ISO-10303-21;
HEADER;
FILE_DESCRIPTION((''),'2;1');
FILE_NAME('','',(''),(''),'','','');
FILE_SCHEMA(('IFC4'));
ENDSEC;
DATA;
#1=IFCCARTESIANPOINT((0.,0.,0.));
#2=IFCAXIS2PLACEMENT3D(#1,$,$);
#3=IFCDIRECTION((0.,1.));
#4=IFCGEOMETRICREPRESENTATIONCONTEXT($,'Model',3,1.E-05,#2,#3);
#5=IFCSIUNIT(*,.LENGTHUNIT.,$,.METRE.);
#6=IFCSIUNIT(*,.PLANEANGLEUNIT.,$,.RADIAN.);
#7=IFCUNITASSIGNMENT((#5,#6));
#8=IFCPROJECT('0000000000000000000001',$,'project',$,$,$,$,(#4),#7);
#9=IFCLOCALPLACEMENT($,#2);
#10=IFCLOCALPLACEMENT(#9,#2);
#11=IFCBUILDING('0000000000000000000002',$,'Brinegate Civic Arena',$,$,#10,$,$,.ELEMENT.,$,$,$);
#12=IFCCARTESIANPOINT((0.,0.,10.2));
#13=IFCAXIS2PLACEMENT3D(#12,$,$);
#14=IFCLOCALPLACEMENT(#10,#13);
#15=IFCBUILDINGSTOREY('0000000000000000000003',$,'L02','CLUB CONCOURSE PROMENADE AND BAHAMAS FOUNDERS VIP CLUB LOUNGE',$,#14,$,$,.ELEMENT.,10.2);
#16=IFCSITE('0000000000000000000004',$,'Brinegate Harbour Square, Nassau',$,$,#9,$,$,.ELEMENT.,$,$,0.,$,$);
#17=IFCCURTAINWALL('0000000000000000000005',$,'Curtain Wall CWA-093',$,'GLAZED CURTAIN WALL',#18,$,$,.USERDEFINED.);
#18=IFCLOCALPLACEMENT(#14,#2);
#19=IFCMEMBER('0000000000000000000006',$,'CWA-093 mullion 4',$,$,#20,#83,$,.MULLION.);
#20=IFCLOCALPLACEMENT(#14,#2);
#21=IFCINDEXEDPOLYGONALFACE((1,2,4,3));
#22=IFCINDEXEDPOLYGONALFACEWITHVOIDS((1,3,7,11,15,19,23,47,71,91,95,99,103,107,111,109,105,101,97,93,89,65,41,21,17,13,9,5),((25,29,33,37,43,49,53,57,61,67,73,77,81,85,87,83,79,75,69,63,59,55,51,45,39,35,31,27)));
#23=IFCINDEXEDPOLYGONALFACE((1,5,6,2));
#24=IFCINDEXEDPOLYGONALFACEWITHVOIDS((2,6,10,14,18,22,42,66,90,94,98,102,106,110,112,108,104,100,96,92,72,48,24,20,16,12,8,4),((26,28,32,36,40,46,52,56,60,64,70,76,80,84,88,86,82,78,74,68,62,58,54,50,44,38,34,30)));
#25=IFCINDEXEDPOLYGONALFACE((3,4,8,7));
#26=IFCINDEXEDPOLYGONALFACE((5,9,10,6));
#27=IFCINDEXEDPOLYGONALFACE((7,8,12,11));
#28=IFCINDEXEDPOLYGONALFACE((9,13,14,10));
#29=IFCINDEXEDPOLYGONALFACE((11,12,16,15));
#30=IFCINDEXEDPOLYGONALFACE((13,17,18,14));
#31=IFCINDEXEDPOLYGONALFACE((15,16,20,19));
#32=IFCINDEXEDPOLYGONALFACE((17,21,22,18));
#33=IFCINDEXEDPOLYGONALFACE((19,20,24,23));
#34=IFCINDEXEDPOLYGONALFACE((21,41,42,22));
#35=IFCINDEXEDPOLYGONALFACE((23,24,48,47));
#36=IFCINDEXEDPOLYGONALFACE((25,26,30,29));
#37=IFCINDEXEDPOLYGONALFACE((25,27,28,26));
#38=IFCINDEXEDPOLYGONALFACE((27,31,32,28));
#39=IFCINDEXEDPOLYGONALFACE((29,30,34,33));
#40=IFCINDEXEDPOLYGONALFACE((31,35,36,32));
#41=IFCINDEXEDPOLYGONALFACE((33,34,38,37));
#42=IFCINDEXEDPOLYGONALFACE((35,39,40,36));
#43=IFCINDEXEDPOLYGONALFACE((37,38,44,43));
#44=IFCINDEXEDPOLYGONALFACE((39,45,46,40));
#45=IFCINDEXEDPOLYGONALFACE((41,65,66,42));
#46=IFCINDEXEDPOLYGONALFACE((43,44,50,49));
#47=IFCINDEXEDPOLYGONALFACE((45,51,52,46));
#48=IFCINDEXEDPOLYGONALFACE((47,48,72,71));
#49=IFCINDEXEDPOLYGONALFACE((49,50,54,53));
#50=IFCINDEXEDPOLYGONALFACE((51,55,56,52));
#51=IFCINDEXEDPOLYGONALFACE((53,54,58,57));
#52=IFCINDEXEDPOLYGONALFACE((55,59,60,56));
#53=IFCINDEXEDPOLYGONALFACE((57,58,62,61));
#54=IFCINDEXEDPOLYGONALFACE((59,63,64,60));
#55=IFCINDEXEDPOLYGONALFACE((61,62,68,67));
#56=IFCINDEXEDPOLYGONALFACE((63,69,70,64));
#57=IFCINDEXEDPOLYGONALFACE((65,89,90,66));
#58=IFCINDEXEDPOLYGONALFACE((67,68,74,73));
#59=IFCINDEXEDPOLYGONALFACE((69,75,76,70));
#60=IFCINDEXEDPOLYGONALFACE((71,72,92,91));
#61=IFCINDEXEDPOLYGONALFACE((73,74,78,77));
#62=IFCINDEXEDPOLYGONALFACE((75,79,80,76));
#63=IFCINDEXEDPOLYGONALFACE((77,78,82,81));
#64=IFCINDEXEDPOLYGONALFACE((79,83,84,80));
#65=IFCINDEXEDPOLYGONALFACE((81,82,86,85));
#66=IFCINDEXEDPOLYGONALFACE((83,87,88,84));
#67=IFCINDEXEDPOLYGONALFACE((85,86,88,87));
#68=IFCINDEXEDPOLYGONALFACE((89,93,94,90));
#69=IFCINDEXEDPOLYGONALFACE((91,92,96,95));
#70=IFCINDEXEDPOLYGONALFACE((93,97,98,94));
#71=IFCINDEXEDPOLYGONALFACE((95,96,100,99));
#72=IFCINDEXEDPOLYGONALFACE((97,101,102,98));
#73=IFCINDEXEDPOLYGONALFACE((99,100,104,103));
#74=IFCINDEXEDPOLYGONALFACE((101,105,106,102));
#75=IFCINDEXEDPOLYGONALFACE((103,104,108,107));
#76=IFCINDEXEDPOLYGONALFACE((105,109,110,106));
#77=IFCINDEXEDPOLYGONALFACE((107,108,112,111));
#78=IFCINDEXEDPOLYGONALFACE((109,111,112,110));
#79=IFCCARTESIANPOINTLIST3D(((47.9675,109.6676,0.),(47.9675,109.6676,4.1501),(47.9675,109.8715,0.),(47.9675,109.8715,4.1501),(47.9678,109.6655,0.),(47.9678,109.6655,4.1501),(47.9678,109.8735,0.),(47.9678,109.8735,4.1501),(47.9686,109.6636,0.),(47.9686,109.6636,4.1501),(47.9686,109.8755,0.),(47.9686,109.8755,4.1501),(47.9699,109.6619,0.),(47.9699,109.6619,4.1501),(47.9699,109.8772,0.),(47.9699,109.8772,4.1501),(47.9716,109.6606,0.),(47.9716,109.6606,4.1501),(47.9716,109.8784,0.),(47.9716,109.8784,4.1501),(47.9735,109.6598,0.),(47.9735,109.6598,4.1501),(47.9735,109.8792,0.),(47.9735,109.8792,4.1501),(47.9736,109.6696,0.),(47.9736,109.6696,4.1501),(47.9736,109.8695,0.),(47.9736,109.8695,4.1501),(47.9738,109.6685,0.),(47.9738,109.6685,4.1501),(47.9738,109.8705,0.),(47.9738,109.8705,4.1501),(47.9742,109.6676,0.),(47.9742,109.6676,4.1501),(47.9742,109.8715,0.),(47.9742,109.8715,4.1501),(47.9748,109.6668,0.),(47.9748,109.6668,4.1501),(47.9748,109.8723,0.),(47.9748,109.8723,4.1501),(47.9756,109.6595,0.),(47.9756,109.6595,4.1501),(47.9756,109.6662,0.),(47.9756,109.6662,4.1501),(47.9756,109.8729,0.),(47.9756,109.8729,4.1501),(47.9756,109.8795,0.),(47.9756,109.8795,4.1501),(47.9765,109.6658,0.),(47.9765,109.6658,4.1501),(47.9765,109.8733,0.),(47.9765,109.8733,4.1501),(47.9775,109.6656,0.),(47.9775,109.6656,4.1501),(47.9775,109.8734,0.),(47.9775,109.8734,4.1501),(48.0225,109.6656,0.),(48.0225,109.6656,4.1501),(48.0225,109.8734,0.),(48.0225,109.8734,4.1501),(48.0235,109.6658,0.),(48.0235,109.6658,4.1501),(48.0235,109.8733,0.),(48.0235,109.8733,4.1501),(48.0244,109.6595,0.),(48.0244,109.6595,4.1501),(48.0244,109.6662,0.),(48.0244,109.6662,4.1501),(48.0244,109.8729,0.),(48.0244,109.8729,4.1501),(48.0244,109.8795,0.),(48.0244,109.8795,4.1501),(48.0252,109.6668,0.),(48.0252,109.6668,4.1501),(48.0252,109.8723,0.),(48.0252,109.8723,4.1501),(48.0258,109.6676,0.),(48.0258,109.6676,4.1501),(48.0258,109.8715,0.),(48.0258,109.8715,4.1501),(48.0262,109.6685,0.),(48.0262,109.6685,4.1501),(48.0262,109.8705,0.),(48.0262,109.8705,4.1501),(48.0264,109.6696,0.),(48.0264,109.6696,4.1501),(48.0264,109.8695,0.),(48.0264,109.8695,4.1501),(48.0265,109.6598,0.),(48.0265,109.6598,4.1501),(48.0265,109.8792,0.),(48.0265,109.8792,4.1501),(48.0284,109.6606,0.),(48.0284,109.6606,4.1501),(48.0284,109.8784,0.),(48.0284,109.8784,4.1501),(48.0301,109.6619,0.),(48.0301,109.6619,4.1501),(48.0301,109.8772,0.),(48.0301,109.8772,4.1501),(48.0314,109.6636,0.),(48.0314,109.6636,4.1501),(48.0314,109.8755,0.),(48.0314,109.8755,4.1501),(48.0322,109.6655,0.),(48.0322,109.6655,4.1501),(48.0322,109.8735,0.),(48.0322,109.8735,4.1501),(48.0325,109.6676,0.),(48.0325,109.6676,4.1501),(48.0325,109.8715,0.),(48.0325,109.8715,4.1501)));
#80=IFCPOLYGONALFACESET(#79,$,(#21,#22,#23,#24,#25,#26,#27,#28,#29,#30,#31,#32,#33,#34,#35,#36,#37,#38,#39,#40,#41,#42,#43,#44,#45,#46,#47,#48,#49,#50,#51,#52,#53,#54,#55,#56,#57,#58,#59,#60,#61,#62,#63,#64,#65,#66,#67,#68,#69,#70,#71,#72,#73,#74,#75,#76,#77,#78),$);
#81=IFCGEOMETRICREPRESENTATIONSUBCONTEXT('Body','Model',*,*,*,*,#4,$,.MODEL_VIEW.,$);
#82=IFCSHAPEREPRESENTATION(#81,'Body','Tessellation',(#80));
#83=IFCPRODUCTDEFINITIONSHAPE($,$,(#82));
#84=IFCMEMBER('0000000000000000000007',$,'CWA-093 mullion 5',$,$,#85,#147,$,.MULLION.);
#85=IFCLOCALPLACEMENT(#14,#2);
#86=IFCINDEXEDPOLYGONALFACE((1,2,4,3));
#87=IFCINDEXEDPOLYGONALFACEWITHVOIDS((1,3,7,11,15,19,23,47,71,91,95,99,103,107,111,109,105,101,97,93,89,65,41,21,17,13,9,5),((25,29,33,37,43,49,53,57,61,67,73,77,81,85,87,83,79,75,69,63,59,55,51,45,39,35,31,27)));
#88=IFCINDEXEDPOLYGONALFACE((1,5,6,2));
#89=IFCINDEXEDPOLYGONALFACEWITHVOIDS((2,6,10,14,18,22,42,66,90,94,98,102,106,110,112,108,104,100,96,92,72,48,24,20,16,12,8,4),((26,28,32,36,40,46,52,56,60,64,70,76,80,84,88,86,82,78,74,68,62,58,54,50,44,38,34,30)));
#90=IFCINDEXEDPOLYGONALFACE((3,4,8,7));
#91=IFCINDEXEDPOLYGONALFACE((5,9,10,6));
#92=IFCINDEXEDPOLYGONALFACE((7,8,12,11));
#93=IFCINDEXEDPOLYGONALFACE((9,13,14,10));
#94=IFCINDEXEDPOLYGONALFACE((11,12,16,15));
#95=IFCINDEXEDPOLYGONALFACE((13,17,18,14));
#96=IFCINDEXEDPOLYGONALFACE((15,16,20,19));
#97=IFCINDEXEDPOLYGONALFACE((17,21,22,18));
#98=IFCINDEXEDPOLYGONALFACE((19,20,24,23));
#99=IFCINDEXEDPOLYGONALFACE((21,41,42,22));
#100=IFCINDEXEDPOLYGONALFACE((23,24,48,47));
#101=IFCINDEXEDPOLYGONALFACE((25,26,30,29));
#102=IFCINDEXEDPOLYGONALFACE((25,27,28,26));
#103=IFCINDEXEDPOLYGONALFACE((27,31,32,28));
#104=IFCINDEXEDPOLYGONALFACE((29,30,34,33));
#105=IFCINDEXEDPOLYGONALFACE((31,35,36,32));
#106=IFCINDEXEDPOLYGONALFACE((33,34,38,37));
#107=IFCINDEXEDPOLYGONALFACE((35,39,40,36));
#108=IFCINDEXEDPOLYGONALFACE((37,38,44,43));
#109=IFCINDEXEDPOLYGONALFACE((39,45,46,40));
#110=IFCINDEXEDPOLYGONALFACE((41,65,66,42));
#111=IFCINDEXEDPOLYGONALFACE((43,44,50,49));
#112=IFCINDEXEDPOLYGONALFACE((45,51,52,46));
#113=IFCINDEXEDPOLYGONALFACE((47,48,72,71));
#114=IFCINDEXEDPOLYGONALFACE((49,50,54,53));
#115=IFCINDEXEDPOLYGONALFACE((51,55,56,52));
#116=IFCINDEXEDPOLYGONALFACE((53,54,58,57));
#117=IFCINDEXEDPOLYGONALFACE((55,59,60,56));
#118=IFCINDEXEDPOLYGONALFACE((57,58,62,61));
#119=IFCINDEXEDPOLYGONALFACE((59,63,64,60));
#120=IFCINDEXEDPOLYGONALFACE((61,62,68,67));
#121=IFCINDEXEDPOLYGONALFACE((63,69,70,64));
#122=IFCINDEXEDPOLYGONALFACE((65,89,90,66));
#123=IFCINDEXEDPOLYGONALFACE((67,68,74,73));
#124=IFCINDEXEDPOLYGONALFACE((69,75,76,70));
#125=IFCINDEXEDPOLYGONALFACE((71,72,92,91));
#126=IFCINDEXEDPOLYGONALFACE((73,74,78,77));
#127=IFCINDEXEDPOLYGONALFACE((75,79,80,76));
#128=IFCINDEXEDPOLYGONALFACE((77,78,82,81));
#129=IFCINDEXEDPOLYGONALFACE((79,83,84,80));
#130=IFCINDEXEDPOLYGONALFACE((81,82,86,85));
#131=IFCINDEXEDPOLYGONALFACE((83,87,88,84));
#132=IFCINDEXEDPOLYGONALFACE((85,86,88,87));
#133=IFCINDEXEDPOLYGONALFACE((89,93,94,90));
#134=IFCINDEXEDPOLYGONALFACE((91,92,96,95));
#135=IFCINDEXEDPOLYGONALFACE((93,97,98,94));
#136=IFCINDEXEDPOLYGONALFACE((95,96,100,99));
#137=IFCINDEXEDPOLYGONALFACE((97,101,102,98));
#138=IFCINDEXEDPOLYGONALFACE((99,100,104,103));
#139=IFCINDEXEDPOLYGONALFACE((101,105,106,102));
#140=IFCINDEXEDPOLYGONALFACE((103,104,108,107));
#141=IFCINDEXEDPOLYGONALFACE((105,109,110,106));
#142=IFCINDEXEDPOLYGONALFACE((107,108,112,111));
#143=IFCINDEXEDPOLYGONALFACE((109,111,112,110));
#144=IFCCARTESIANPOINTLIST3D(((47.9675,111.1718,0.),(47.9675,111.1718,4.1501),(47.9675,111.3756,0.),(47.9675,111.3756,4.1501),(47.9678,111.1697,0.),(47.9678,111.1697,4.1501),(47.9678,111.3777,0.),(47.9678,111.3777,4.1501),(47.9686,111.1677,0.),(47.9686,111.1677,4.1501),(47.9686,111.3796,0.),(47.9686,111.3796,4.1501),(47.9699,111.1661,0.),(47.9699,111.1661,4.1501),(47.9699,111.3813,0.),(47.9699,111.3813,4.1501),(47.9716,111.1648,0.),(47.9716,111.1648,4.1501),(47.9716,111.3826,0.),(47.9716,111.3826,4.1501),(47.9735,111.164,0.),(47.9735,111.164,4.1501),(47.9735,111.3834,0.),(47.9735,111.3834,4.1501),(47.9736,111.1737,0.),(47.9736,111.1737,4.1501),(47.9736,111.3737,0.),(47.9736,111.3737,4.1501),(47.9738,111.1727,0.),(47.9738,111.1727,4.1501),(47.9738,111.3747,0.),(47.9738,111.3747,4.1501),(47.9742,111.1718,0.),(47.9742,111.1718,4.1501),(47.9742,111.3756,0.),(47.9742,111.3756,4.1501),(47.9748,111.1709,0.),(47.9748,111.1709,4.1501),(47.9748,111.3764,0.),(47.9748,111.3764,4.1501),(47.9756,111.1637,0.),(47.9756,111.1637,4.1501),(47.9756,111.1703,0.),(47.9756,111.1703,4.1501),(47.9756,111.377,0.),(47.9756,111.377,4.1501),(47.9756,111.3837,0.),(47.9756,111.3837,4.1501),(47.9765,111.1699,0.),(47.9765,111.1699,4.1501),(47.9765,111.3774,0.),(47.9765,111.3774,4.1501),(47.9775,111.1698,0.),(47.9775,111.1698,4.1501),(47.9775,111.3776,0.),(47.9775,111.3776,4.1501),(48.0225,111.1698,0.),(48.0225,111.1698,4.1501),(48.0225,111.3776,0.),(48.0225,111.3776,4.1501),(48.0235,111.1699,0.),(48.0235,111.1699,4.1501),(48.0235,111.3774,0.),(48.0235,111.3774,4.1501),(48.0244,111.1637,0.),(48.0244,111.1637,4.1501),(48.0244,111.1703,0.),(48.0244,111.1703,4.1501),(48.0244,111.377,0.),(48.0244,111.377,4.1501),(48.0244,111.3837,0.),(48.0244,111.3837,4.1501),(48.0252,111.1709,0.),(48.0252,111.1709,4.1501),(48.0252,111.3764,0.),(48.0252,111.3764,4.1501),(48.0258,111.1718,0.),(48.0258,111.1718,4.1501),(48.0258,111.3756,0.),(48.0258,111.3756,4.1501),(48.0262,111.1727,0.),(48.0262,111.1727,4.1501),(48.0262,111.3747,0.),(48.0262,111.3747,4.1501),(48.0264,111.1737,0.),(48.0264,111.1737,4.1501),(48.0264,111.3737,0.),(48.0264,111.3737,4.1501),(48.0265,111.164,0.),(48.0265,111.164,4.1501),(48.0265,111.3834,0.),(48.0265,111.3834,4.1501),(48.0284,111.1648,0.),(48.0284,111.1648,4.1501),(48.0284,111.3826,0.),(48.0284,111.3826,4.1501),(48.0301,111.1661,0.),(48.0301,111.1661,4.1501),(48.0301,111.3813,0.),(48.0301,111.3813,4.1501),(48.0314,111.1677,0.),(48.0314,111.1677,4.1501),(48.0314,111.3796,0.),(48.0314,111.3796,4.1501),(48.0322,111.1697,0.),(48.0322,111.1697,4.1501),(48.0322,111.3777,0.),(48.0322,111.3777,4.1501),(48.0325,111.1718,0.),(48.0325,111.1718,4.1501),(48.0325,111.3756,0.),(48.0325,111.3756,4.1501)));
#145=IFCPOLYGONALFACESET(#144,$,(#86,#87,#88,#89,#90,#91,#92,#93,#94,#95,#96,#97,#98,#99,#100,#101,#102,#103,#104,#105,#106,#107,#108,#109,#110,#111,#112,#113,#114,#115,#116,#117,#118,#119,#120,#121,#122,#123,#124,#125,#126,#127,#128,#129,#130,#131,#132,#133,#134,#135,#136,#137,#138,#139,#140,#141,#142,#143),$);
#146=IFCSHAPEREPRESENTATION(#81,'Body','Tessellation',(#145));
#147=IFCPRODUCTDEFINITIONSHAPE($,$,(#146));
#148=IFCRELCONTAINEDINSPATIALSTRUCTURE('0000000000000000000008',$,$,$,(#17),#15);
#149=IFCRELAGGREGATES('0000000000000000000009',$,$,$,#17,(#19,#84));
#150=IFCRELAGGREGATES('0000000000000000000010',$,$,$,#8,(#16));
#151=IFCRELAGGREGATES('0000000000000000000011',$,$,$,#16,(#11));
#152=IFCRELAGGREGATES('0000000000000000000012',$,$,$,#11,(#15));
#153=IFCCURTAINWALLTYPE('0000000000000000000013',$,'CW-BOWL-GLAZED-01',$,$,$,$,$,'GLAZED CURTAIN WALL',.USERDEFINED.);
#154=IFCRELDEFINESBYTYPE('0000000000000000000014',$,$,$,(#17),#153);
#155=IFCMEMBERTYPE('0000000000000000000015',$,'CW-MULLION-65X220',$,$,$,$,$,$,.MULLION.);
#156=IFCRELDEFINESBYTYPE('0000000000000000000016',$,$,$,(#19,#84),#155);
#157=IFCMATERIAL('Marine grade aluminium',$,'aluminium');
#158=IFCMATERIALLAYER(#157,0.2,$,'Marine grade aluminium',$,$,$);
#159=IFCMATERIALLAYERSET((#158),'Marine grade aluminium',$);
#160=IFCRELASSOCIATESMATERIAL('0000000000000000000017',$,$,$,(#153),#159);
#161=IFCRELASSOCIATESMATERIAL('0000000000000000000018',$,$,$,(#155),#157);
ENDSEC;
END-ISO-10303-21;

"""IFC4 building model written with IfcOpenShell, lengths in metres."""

from ifc_helpers import new_model, si_unit, direction, frame, origin, origin_2d, place, context, subcontext, project, spatial, hollow_rectangle, extrude, material, layer, layer_set, material_profile, profile_set, type_object, element, aggregate, save


model = new_model("IFC4")

# Units and contexts
model_context = context("Model", 3, precision=1e-05, world=origin(), true_north=direction((0.0, 1.0)))
body_context = subcontext(model_context, "Body", "Model", "MODEL_VIEW")
ifc_project = project(units=[si_unit("LENGTHUNIT", "METRE"), si_unit("PLANEANGLEUNIT", "RADIAN")], contexts=[model_context])

# Site, building, storey
site_placement = place(None, origin())
site = spatial("IfcSite", under=ifc_project, at=site_placement, Name="Brinegate Harbour Square, Nassau", CompositionType="ELEMENT", RefElevation=0.0)
building_placement = place(site_placement, origin())
building = spatial("IfcBuilding", under=site, at=building_placement, Name="Brinegate Civic Arena", CompositionType="ELEMENT")
storey_placement = place(building_placement, frame((0.0, 0.0, 10.2)))
storey = spatial("IfcBuildingStorey", under=building, at=storey_placement, Name="L02", Description="CLUB CONCOURSE PROMENADE AND BAHAMAS FOUNDERS VIP CLUB LOUNGE", CompositionType="ELEMENT", Elevation=10.2)

# Curtain wall, members
ifc_material_1 = material(Name="Marine grade aluminium", Category="aluminium")
ifc_layer_1 = layer(ifc_material_1, 0.2, Name="Marine grade aluminium")
ifc_layer_set_1 = layer_set([ifc_layer_1], Name="Marine grade aluminium")
curtain_wall_type = type_object("IfcCurtainWallType", Name="CW-BOWL-GLAZED-01", ElementType="GLAZED CURTAIN WALL", PredefinedType="USERDEFINED", material=ifc_layer_set_1)
curtain_wall_placement = place(storey_placement, origin())
curtain_wall = element("IfcCurtainWall", 1, at=curtain_wall_placement, inside=storey, type_object=curtain_wall_type, Name="Curtain Wall CWA-093", ObjectType="GLAZED CURTAIN WALL", PredefinedType="USERDEFINED")
ifc_material_profile_1 = material_profile(ifc_material_1, hollow_rectangle(XDim=0.0649, YDim=0.22, WallThickness=0.0061, InnerFilletRadius=0.0039, OuterFilletRadius=0.0081, at=origin_2d()), Name="MUL65X220")
ifc_profile_set_1 = profile_set([ifc_material_profile_1], Name="Marine grade aluminium")
member_type_1 = type_object("IfcMemberType", Name="CW-MULLION-65X220", PredefinedType="MULLION", material=ifc_profile_set_1)
member_1_placement = place(storey_placement, frame((48.0, 109.7695, 0.0), z_axis=(0.0, 0.0, 1.0), x_axis=(-1.0, 0.0, 0.0)))
member_1 = element("IfcMember", 2, at=member_1_placement, type_object=member_type_1, Name="CWA-093 mullion 4", PredefinedType="MULLION", context=body_context, shape_type="SweptSolid", body=[
    extrude(hollow_rectangle(XDim=0.0649, YDim=0.22, WallThickness=0.0061, InnerFilletRadius=0.0039, OuterFilletRadius=0.0081, at=origin_2d()), origin(), (0.0, 0.0, 1.0), 4.1501),
])
member_2_placement = place(storey_placement, frame((48.0, 111.2737, 0.0), z_axis=(0.0, 0.0, 1.0), x_axis=(-1.0, 0.0, 0.0)))
member_2 = element("IfcMember", 3, at=member_2_placement, type_object=member_type_1, Name="CWA-093 mullion 5", PredefinedType="MULLION", context=body_context, shape_type="SweptSolid", body=[
    extrude(hollow_rectangle(XDim=0.0649, YDim=0.22, WallThickness=0.0061, InnerFilletRadius=0.0039, OuterFilletRadius=0.0081, at=origin_2d()), origin(), (0.0, 0.0, 1.0), 4.1501),
])

aggregate(curtain_wall, [member_1, member_2])

save(model, "model.ifc")
